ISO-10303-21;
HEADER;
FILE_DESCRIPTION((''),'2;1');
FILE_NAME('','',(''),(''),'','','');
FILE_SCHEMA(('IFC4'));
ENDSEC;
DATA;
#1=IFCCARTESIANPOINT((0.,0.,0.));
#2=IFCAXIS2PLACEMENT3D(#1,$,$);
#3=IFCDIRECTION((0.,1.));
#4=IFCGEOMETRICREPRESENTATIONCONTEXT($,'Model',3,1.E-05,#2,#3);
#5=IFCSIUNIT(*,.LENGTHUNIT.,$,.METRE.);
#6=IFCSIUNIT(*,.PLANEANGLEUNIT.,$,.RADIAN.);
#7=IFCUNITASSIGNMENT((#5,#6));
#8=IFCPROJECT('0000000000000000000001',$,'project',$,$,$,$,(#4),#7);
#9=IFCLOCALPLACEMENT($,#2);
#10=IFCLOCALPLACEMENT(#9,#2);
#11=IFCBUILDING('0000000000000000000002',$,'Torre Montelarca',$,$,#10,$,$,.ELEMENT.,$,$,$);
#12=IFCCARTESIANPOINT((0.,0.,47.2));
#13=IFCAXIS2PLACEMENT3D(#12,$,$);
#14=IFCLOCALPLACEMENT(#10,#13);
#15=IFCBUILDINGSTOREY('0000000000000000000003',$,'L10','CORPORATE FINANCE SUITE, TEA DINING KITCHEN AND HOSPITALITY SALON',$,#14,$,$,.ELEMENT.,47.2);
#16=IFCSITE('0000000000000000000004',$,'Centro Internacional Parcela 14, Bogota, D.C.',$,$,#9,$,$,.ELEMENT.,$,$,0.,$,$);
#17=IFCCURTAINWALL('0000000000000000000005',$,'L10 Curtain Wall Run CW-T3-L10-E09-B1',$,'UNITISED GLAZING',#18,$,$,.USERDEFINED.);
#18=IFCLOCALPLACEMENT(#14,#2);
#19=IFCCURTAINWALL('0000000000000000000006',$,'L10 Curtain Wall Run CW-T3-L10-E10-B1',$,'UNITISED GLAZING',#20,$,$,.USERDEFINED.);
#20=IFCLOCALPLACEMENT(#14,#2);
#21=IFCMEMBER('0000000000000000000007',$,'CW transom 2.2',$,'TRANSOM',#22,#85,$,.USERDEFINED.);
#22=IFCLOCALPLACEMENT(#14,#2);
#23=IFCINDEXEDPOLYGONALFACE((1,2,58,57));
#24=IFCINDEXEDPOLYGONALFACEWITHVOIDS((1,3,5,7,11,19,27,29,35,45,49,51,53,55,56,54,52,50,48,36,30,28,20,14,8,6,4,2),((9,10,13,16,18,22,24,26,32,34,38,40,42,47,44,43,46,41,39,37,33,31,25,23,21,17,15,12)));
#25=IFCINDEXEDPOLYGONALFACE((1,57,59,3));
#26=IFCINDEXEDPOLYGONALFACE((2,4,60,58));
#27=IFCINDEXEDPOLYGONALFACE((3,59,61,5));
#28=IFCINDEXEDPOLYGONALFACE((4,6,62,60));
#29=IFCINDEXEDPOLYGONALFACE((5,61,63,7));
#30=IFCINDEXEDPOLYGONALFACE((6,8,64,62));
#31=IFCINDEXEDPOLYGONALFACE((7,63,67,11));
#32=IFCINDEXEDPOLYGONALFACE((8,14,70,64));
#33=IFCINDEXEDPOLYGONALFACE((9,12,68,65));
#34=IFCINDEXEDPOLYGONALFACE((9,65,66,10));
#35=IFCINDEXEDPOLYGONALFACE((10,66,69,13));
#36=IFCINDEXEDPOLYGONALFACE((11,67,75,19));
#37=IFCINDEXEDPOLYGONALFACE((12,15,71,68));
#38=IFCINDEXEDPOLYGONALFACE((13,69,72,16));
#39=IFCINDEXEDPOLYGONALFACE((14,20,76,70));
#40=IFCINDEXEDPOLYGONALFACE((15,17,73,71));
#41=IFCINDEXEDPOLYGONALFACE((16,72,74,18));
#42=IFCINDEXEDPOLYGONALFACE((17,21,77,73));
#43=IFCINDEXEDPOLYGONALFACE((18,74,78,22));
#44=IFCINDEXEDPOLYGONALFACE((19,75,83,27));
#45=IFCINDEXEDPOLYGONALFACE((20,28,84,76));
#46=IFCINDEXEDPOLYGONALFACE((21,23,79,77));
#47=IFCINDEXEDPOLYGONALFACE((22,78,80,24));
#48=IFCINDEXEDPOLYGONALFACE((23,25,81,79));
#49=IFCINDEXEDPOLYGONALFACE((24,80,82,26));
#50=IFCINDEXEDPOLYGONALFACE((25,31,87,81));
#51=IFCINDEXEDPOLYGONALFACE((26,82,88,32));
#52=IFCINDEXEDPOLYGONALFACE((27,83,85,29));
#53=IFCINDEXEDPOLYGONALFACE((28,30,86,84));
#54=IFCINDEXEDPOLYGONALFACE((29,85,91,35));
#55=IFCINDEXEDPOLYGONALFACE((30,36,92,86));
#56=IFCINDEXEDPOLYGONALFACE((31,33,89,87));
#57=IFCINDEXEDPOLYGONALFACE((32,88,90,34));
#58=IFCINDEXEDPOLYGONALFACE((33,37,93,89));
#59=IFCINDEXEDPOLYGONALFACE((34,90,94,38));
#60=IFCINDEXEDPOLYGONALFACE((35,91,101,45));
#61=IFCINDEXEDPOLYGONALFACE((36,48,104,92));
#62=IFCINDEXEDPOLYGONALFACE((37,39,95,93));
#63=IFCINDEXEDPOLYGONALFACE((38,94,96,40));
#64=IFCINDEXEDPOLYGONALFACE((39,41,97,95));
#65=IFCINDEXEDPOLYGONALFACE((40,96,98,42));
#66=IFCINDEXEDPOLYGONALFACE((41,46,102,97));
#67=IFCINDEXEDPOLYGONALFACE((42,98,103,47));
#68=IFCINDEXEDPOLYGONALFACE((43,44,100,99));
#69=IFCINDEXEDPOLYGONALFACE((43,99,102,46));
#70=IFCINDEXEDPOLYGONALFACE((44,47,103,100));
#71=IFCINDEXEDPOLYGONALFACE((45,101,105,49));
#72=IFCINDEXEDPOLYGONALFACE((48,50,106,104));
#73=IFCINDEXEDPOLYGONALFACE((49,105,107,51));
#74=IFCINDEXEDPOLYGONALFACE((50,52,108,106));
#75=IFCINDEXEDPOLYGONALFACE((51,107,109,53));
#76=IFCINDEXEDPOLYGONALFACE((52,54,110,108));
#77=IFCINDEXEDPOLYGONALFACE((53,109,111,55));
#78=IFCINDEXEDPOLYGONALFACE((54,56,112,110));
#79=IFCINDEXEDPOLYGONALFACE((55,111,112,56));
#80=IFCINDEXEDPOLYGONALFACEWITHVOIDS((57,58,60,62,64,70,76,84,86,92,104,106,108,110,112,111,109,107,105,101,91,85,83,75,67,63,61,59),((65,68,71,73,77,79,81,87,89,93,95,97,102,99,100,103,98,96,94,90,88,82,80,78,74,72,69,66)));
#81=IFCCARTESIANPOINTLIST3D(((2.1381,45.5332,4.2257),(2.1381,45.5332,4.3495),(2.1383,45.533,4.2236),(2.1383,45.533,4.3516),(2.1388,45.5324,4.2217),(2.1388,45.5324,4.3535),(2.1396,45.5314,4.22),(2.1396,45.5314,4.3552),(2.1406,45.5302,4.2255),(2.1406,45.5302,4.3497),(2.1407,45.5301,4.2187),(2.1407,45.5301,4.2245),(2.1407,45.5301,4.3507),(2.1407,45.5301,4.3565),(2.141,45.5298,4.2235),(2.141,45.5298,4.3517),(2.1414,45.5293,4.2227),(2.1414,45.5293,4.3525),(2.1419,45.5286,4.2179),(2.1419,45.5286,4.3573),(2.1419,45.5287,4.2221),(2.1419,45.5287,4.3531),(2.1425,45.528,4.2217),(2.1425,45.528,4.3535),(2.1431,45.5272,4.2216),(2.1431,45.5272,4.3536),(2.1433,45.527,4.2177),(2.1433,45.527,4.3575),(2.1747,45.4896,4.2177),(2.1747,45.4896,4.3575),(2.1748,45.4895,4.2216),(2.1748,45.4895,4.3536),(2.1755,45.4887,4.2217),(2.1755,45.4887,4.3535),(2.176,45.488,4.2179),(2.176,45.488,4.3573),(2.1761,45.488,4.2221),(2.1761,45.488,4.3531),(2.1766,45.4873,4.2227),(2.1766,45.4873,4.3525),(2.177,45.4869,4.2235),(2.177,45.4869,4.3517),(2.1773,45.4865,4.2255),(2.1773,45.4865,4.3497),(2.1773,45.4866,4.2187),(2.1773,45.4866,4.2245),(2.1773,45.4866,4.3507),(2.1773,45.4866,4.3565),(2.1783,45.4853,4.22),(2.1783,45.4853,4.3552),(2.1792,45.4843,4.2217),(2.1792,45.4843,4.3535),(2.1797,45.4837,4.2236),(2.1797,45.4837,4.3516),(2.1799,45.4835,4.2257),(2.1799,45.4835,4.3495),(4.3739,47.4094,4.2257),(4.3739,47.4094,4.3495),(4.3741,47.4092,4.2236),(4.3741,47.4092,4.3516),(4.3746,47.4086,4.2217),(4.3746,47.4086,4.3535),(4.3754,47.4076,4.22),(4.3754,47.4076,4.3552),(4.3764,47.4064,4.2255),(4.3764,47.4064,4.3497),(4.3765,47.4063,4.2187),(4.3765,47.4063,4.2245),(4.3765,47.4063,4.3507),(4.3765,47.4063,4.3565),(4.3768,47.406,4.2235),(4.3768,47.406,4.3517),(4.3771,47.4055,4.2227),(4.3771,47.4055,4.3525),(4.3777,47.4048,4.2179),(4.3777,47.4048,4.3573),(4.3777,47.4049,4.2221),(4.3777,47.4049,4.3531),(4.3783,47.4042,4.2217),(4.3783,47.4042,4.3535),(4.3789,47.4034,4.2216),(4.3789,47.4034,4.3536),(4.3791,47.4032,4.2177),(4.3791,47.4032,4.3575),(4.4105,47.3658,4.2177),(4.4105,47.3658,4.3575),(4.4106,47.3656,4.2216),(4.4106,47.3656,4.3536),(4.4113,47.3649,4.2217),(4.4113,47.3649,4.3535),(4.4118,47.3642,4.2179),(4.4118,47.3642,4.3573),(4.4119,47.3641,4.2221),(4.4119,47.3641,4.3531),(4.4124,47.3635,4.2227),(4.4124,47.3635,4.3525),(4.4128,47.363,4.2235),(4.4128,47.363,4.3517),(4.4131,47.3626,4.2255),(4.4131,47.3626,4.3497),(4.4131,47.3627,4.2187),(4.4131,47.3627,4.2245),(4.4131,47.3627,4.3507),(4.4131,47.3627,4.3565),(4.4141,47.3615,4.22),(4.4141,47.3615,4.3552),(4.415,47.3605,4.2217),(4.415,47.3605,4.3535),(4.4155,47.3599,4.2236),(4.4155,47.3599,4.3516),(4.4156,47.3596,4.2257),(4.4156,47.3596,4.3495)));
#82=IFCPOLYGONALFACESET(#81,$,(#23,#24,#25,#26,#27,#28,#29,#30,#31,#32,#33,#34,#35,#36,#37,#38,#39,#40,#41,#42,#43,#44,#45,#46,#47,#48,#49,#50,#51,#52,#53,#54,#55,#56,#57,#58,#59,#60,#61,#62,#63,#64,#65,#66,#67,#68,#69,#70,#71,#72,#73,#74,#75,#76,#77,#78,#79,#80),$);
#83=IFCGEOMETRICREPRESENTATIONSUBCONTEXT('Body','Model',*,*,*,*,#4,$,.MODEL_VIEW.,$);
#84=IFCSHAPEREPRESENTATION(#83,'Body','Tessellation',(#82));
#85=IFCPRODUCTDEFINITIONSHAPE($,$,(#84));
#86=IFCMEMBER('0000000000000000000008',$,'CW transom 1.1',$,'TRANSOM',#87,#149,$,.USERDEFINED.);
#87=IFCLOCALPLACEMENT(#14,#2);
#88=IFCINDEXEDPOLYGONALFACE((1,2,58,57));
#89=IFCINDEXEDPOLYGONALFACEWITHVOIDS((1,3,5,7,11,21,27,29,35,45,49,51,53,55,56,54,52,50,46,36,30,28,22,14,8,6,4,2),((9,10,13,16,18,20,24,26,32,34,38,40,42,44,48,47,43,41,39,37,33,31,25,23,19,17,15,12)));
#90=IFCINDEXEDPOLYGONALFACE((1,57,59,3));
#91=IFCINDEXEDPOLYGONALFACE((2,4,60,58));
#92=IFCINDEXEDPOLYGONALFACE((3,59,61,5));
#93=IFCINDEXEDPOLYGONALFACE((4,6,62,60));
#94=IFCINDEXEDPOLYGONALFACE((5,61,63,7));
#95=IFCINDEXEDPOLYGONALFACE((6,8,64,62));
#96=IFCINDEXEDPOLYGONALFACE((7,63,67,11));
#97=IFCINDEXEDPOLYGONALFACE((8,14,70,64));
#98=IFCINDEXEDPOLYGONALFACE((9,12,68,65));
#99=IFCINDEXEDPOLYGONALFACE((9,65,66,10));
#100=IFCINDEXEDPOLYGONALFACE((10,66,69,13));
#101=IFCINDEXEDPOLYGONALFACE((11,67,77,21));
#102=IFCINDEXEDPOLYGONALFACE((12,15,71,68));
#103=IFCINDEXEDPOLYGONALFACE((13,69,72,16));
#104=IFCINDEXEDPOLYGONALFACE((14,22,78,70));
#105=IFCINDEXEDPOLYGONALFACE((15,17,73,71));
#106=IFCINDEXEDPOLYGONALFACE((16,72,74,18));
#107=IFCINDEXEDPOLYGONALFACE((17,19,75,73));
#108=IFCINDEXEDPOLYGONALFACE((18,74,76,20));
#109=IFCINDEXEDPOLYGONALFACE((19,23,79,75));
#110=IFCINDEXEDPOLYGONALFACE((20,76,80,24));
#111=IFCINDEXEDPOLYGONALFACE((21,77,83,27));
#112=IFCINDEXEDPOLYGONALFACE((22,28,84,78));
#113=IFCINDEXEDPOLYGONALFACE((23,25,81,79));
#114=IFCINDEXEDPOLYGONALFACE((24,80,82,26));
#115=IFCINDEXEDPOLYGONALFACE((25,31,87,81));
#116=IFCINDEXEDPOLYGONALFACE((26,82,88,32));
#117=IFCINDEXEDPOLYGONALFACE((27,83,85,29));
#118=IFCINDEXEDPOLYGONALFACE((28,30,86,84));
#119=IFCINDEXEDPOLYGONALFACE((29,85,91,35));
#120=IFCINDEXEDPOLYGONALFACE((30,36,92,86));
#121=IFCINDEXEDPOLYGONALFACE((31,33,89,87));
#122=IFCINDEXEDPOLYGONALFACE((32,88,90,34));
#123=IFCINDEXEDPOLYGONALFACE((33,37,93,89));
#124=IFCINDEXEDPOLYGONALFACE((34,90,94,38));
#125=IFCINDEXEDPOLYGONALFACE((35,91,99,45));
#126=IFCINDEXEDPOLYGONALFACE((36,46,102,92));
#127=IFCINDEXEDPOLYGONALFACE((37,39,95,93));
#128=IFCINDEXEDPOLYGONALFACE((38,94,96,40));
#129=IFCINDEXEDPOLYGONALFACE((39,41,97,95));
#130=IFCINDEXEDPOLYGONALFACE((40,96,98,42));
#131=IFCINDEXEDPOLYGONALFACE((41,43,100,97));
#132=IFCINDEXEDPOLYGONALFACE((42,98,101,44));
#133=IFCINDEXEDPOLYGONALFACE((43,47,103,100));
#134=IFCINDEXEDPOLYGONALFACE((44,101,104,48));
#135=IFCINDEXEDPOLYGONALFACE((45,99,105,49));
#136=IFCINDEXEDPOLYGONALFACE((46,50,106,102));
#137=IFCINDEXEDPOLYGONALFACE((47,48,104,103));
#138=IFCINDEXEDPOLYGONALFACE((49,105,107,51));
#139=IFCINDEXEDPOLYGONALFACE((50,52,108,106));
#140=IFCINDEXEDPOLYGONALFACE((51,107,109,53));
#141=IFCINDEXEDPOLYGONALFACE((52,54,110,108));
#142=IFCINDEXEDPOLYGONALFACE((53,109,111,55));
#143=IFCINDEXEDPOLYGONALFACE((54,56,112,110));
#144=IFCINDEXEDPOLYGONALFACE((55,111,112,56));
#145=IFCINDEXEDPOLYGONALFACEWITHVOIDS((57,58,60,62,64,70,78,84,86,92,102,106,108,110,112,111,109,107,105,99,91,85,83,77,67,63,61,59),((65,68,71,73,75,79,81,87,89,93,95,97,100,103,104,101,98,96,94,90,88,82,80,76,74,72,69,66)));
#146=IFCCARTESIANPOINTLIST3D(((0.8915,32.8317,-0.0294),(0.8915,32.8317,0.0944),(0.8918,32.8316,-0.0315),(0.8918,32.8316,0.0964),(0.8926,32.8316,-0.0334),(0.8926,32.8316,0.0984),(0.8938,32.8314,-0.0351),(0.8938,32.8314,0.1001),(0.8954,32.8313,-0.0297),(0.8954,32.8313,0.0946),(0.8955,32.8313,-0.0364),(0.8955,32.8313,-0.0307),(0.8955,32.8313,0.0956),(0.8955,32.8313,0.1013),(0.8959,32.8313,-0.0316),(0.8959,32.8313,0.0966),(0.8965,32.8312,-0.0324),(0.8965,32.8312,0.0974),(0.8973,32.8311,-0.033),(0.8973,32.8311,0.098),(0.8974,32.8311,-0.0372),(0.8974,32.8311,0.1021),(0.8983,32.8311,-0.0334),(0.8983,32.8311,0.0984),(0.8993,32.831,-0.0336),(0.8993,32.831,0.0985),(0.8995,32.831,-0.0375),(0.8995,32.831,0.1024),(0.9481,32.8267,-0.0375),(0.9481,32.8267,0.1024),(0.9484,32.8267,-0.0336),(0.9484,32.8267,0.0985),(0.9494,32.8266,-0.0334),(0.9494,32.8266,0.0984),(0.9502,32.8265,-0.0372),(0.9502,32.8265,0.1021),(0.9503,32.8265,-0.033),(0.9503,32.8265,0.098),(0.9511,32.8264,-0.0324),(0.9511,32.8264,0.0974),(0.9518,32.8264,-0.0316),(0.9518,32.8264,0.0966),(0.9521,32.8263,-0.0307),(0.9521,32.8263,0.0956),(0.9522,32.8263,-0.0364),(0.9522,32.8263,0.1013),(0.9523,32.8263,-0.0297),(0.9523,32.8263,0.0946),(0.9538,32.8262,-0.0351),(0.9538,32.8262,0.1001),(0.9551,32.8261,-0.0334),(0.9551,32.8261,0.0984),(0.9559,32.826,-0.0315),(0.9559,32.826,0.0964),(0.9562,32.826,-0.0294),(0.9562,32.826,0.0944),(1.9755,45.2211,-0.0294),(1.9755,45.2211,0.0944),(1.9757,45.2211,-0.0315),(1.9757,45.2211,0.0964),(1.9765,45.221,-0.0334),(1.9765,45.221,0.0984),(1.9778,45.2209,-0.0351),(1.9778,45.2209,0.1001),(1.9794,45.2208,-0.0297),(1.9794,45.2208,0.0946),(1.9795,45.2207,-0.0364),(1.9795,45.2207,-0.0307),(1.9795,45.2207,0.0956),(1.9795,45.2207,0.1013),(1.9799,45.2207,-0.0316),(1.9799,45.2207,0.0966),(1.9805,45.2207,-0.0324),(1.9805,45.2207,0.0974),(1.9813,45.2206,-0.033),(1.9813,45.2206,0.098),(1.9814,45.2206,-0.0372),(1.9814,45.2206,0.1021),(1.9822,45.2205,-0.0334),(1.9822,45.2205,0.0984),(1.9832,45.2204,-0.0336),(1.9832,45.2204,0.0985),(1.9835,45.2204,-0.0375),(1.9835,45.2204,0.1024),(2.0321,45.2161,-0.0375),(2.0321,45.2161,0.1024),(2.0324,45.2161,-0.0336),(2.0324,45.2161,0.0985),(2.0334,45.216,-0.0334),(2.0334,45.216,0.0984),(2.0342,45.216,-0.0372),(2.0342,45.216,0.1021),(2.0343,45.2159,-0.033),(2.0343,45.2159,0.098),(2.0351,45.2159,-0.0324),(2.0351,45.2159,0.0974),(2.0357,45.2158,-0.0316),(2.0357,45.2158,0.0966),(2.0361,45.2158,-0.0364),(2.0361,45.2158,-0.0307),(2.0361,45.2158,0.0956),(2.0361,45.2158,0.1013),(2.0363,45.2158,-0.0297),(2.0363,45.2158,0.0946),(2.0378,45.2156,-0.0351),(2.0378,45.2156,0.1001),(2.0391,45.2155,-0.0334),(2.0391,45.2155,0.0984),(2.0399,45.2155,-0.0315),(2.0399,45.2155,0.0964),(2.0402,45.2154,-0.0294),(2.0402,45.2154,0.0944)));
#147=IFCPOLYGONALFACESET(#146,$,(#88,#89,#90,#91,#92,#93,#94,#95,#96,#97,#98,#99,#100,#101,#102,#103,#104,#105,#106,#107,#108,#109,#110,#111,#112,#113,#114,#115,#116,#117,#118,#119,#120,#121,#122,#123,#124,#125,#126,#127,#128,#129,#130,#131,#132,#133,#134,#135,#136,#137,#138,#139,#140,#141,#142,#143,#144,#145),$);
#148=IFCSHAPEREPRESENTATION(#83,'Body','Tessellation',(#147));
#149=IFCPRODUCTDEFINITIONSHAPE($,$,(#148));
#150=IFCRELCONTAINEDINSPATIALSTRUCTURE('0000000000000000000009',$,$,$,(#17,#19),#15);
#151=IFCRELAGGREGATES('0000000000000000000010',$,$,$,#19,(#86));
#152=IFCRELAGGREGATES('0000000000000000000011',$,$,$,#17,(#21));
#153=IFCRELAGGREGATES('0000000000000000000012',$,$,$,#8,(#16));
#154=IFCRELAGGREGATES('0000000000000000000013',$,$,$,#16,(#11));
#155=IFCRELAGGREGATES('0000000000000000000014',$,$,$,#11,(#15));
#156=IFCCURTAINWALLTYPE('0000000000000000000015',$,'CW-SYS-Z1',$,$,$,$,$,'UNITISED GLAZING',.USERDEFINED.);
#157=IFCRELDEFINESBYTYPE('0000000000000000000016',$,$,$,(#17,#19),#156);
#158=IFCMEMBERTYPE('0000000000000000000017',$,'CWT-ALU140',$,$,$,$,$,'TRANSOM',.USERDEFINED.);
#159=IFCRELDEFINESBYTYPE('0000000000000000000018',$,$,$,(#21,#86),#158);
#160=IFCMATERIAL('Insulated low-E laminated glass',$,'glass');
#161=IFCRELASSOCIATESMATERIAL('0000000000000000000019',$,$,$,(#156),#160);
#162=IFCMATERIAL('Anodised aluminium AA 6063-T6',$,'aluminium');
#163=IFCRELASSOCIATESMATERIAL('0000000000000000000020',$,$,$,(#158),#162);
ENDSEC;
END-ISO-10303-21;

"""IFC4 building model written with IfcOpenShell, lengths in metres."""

from ifc_helpers import new_model, si_unit, direction, frame, origin, origin_2d, place, context, subcontext, project, spatial, hollow_rectangle, extrude, source, transform, mapped, material, material_profile, profile_set, type_object, element, aggregate, save


model = new_model("IFC4")

# Units and contexts
model_context = context("Model", 3, precision=1e-05, world=origin(), true_north=direction((0.0, 1.0)))
body_context = subcontext(model_context, "Body", "Model", "MODEL_VIEW")
ifc_project = project(units=[si_unit("LENGTHUNIT", "METRE"), si_unit("PLANEANGLEUNIT", "RADIAN")], contexts=[model_context])

# Site, building, storey
site_placement = place(None, origin())
site = spatial("IfcSite", under=ifc_project, at=site_placement, Name="Centro Internacional Parcela 14, Bogota, D.C.", CompositionType="ELEMENT", RefElevation=0.0)
building_placement = place(site_placement, origin())
building = spatial("IfcBuilding", under=site, at=building_placement, Name="Torre Montelarca", CompositionType="ELEMENT")
storey_placement = place(building_placement, frame((0.0, 0.0, 47.2)))
storey = spatial("IfcBuildingStorey", under=building, at=storey_placement, Name="L10", Description="CORPORATE FINANCE SUITE, TEA DINING KITCHEN AND HOSPITALITY SALON", CompositionType="ELEMENT", Elevation=47.2)

# Curtain wall
ifc_material_1 = material(Name="Insulated low-E laminated glass", Category="glass")
curtain_wall_type = type_object("IfcCurtainWallType", Name="CW-SYS-Z1", ElementType="UNITISED GLAZING", PredefinedType="USERDEFINED", material=ifc_material_1)
curtain_wall_1_placement = place(storey_placement, origin())
curtain_wall_1 = element("IfcCurtainWall", 1, at=curtain_wall_1_placement, inside=storey, type_object=curtain_wall_type, Name="L10 Curtain Wall Run CW-T3-L10-E09-B1", ObjectType="UNITISED GLAZING", PredefinedType="USERDEFINED")
ifc_material_2 = material(Name="Anodised aluminium AA 6063-T6", Category="aluminium")

# Curtain wall
curtain_wall_2_placement = place(storey_placement, origin())
curtain_wall_2 = element("IfcCurtainWall", 2, at=curtain_wall_2_placement, inside=storey, type_object=curtain_wall_type, Name="L10 Curtain Wall Run CW-T3-L10-E10-B1", ObjectType="UNITISED GLAZING", PredefinedType="USERDEFINED")

# Members
ifc_material_profile_1 = material_profile(ifc_material_2, hollow_rectangle(XDim=0.0649, YDim=0.1399, WallThickness=0.0039, InnerFilletRadius=0.0039, OuterFilletRadius=0.0081, at=origin_2d()), Name="ALU65X140X4", Category="aluminium")
ifc_profile_set_1 = profile_set([ifc_material_profile_1], Name="Anodised aluminium AA 6063-T6")
member_type_1 = type_object("IfcMemberType", Name="CWT-ALU140", ElementType="TRANSOM", PredefinedType="USERDEFINED", material=ifc_profile_set_1)
shared_shape_1 = source(origin(), body_context, "Body", "SweptSolid", [
    extrude(hollow_rectangle(XDim=0.0649, YDim=0.1399, WallThickness=0.0039, InnerFilletRadius=0.0039, OuterFilletRadius=0.0081, at=origin_2d()), origin(), (0.0, 0.0, 1.0), 2.9187),
])
member_1_placement = place(storey_placement, frame((4.3948, 47.3845, 4.2876), z_axis=(-0.766023, -0.642813, 0.0), x_axis=(0.642813, -0.766023, 0.0)))
member_1 = element("IfcMember", 3, at=member_1_placement, type_object=member_type_1, Name="CW transom 2.2", ObjectType="TRANSOM", PredefinedType="USERDEFINED", context=body_context, shape_type="MappedRepresentation", body=[
    mapped(shared_shape_1, transform((0.0, 0.0, 0.0), scale=1.0)),
])
shared_shape_2 = source(origin(), body_context, "Body", "SweptSolid", [
    extrude(hollow_rectangle(XDim=0.0649, YDim=0.1399, WallThickness=0.0039, InnerFilletRadius=0.0039, OuterFilletRadius=0.0081, at=origin_2d()), origin(), (0.0, 0.0, 1.0), 12.4368),
])
member_2_placement = place(storey_placement, frame((2.0078, 45.2183, 0.0325), z_axis=(-0.08716, -0.996194, 0.0), x_axis=(0.996194, -0.08716, 0.0)))
member_2 = element("IfcMember", 4, at=member_2_placement, type_object=member_type_1, Name="CW transom 1.1", ObjectType="TRANSOM", PredefinedType="USERDEFINED", context=body_context, shape_type="MappedRepresentation", body=[
    mapped(shared_shape_2, transform((0.0, 0.0, 0.0), scale=1.0)),
])
aggregate(curtain_wall_2, [member_2])

aggregate(curtain_wall_1, [member_1])

save(model, "model.ifc")
